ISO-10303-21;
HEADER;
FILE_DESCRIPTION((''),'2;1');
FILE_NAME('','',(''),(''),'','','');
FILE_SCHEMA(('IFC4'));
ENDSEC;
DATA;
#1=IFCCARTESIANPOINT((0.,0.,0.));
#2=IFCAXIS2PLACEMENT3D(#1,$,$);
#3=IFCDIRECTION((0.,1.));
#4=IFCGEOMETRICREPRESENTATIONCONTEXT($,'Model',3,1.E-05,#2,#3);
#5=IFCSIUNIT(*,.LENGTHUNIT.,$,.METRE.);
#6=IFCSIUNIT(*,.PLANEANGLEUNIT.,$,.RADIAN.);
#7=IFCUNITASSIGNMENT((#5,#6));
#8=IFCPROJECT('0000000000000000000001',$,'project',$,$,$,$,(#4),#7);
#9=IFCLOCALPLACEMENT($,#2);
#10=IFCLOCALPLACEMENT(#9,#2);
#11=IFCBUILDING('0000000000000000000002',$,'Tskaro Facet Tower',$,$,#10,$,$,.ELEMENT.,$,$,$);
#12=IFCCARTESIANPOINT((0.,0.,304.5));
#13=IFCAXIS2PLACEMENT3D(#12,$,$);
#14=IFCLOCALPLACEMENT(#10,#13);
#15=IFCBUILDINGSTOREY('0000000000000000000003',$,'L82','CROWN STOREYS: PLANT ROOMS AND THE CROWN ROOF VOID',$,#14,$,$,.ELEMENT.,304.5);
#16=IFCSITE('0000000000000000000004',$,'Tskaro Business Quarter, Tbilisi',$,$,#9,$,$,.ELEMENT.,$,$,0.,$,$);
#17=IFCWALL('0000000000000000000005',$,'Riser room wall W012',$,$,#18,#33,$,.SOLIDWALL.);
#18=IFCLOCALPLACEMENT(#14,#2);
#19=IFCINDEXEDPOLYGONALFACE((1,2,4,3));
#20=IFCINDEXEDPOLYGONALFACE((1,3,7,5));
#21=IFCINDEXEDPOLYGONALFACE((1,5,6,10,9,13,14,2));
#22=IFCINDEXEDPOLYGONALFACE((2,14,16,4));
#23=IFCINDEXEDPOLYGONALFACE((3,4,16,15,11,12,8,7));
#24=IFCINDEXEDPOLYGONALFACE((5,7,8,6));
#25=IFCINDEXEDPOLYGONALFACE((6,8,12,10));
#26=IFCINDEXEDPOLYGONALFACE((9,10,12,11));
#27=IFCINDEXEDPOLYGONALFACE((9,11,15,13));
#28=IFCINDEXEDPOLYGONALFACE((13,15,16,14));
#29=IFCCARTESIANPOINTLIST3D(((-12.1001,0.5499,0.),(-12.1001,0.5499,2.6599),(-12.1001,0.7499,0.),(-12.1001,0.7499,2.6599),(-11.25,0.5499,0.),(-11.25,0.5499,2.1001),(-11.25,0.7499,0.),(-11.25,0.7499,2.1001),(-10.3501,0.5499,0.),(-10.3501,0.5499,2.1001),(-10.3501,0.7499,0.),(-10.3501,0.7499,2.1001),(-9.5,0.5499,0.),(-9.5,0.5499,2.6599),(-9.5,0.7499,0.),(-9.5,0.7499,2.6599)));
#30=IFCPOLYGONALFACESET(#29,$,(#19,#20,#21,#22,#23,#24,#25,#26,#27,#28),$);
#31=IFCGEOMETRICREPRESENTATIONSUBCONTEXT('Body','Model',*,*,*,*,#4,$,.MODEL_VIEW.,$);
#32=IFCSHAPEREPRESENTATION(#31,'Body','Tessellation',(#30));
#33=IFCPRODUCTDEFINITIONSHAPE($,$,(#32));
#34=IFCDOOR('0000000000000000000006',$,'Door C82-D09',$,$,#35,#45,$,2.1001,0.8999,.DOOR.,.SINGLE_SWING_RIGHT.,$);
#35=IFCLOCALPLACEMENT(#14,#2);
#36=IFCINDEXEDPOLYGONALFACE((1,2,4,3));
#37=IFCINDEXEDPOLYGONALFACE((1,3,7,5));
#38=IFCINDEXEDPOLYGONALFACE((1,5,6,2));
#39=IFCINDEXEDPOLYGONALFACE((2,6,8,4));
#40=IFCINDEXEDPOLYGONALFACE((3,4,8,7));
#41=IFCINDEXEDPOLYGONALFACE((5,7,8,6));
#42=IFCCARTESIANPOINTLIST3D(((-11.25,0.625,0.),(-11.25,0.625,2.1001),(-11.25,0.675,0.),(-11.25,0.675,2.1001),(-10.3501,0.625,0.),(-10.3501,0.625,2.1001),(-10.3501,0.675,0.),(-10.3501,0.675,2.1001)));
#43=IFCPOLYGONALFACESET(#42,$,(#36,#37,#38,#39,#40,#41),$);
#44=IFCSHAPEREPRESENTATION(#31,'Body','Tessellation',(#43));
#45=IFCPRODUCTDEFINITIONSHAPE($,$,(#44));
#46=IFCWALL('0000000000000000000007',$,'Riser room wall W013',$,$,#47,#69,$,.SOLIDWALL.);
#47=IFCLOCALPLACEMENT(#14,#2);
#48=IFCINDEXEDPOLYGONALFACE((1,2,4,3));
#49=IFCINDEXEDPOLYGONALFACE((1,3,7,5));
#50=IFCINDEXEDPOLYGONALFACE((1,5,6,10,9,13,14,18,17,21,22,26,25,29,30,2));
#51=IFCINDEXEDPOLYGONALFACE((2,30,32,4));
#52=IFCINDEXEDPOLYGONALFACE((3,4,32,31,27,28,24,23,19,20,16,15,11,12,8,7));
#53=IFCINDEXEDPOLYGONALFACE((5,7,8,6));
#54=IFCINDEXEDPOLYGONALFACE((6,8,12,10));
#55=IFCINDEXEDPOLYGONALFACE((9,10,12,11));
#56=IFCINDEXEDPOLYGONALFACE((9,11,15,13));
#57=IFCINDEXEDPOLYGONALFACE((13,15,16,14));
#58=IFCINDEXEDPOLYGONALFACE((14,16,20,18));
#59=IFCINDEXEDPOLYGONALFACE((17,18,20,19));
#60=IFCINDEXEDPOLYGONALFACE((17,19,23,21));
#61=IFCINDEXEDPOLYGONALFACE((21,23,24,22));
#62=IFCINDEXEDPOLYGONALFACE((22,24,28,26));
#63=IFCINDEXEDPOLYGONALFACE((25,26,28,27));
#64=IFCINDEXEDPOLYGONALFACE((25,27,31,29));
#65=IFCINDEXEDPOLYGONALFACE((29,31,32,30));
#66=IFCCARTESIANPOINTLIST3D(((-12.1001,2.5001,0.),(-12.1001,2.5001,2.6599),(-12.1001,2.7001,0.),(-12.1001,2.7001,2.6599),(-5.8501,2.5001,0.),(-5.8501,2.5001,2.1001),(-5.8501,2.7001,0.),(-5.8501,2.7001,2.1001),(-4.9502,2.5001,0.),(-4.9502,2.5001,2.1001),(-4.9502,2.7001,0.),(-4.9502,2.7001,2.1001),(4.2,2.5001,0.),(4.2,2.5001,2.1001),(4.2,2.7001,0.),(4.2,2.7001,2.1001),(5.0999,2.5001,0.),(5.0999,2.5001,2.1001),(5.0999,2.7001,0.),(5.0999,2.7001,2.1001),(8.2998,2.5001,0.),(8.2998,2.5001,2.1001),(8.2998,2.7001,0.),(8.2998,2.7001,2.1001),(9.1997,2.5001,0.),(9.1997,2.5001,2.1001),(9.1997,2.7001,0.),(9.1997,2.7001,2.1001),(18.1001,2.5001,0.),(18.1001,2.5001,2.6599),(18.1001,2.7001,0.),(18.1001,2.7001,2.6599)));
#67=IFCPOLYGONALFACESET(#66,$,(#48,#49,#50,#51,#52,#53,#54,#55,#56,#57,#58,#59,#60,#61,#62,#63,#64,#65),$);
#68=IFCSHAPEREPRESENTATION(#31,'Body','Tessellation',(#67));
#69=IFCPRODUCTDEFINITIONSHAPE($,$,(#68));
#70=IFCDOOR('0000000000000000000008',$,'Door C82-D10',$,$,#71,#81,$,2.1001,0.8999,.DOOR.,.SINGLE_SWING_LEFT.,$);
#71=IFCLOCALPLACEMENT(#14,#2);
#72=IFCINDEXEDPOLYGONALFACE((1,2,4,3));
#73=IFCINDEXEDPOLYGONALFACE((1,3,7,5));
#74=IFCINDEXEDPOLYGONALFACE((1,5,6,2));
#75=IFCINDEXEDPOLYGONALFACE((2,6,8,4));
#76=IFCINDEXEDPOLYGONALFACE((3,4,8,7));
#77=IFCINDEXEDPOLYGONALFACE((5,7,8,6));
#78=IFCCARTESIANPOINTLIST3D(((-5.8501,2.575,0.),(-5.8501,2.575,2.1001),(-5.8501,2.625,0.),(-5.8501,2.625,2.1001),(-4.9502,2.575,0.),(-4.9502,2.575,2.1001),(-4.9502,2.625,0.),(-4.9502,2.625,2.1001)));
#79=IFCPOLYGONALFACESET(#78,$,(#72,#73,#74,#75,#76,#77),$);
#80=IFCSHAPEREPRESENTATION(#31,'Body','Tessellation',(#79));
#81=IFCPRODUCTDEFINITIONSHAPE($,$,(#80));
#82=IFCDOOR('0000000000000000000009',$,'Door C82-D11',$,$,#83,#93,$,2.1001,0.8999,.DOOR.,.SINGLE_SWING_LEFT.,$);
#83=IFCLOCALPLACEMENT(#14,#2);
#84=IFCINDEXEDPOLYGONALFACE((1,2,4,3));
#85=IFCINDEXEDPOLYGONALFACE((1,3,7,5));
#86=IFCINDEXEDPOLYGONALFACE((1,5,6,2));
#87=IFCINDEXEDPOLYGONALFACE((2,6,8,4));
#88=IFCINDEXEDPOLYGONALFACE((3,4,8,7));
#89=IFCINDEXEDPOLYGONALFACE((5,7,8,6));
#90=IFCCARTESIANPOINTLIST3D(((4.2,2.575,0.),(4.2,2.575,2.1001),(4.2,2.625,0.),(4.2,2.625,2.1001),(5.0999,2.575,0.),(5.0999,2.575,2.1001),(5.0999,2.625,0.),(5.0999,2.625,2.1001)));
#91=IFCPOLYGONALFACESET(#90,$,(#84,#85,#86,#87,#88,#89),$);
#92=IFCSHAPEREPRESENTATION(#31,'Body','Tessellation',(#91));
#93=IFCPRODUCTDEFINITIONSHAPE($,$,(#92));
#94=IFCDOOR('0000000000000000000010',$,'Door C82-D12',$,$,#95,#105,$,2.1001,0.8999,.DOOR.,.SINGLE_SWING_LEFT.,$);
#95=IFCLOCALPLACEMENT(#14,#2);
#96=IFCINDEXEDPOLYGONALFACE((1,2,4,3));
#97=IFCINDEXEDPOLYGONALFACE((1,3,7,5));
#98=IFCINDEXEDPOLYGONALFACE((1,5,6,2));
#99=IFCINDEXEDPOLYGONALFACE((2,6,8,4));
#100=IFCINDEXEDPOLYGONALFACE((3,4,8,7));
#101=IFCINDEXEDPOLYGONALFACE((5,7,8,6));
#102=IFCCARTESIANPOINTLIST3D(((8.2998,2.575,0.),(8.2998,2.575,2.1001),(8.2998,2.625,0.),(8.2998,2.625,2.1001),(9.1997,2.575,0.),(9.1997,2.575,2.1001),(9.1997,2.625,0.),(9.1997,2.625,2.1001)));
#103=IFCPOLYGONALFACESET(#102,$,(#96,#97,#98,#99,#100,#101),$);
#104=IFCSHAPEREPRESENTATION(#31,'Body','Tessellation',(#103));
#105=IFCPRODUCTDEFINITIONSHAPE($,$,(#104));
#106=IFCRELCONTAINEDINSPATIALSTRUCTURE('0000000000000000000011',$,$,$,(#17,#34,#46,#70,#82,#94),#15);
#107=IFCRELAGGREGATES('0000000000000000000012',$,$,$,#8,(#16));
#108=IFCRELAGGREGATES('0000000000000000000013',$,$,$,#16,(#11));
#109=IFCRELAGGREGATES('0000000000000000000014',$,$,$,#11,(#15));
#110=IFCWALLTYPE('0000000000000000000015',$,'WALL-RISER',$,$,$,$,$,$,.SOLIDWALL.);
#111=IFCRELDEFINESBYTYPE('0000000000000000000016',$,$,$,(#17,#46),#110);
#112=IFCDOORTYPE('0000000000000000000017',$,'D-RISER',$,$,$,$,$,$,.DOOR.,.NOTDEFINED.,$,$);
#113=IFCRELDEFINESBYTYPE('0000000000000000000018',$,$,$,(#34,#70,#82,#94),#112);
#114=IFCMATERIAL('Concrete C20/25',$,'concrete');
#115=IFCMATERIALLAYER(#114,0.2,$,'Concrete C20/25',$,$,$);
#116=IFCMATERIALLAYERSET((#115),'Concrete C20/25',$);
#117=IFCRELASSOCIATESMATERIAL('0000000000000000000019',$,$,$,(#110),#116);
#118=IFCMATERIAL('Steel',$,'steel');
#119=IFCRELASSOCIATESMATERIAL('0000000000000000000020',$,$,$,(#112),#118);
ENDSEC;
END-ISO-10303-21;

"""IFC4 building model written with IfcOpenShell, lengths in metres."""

from ifc_helpers import new_model, si_unit, direction, frame, frame_2d, origin, place, context, subcontext, project, spatial, rectangle, extrude, material, layer, layer_set, type_object, element, fill, save


model = new_model("IFC4")

# Units and contexts
model_context = context("Model", 3, precision=1e-05, world=origin(), true_north=direction((0.0, 1.0)))
body_context = subcontext(model_context, "Body", "Model", "MODEL_VIEW")
ifc_project = project(units=[si_unit("LENGTHUNIT", "METRE"), si_unit("PLANEANGLEUNIT", "RADIAN")], contexts=[model_context])

# Site, building, storey
site_placement = place(None, origin())
site = spatial("IfcSite", under=ifc_project, at=site_placement, Name="Tskaro Business Quarter, Tbilisi", CompositionType="ELEMENT", RefElevation=0.0)
building_placement = place(site_placement, origin())
building = spatial("IfcBuilding", under=site, at=building_placement, Name="Tskaro Facet Tower", CompositionType="ELEMENT")
storey_placement = place(building_placement, frame((0.0, 0.0, 304.5)))
storey = spatial("IfcBuildingStorey", under=building, at=storey_placement, Name="L82", Description="CROWN STOREYS: PLANT ROOMS AND THE CROWN ROOF VOID", CompositionType="ELEMENT", Elevation=304.5)

# Wall, opening, door
ifc_material_1 = material(Name="Concrete C20/25", Category="concrete")
ifc_layer_1 = layer(ifc_material_1, 0.2, Name="Concrete C20/25")
ifc_layer_set_1 = layer_set([ifc_layer_1], Name="Concrete C20/25")
wall_type_1 = type_object("IfcWallType", Name="WALL-RISER", PredefinedType="SOLIDWALL", material=ifc_layer_set_1)
wall_1_placement = place(storey_placement, frame((-9.5, 0.6499, 0.0), z_axis=(0.0, 0.0, 1.0), x_axis=(-1.0, 0.0, 0.0)))
wall_1 = element("IfcWall", 1, at=wall_1_placement, inside=storey, type_object=wall_type_1, Name="Riser room wall W012", PredefinedType="SOLIDWALL", context=body_context, shape_type="SweptSolid", body=[
    extrude(rectangle(XDim=2.6001, YDim=0.2, at=frame_2d((1.3, 0.0))), origin(), (0.0, 0.0, 1.0), 2.6599),
])
opening_1_placement = place(wall_1_placement, frame((0.8501, 0.0, 0.0)))
opening_1 = element("IfcOpeningElement", 2, at=opening_1_placement, cuts=wall_1, PredefinedType="OPENING", context=body_context, shape_type="SweptSolid", body=[
    extrude(rectangle(XDim=0.8999, YDim=2.1001, at=frame_2d((0.45, 1.05))), frame((0.0, 0.1099, 0.0), z_axis=(0.0, -1.0, 0.0), x_axis=(1.0, 0.0, 0.0)), (0.0, 0.0, 1.0), 0.22),
])
ifc_material_2 = material(Name="Steel", Category="steel")
door_type = type_object("IfcDoorType", Name="D-RISER", OperationType="NOTDEFINED", PredefinedType="DOOR", material=ifc_material_2)
door_1_placement = place(opening_1_placement, origin())
door_1 = element("IfcDoor", 3, at=door_1_placement, inside=storey, type_object=door_type, Name="Door C82-D09", OperationType="SINGLE_SWING_RIGHT", OverallHeight=2.1001, OverallWidth=0.8999, PredefinedType="DOOR", context=body_context, shape_type="SweptSolid", body=[
    extrude(rectangle(XDim=0.8999, YDim=2.1001, at=frame_2d((0.45, 1.05))), frame((0.0, 0.0249, 0.0), z_axis=(0.0, -1.0, 0.0), x_axis=(1.0, 0.0, 0.0)), (0.0, 0.0, 1.0), 0.05),
])
fill(opening_1, door_1)

# Wall, openings, doors
wall_2_placement = place(storey_placement, frame((-12.1001, 2.6001, 0.0), z_axis=(0.0, 0.0, 1.0), x_axis=(1.0, 0.0, 0.0)))
wall_2 = element("IfcWall", 4, at=wall_2_placement, inside=storey, type_object=wall_type_1, Name="Riser room wall W013", PredefinedType="SOLIDWALL", context=body_context, shape_type="SweptSolid", body=[
    extrude(rectangle(XDim=30.2002, YDim=0.2, at=frame_2d((15.1001, 0.0))), origin(), (0.0, 0.0, 1.0), 2.6599),
])
opening_2_placement = place(wall_2_placement, frame((6.25, 0.0, 0.0)))
opening_2 = element("IfcOpeningElement", 5, at=opening_2_placement, cuts=wall_2, PredefinedType="OPENING", context=body_context, shape_type="SweptSolid", body=[
    extrude(rectangle(XDim=0.8999, YDim=2.1001, at=frame_2d((0.45, 1.05))), frame((0.0, 0.1099, 0.0), z_axis=(0.0, -1.0, 0.0), x_axis=(1.0, 0.0, 0.0)), (0.0, 0.0, 1.0), 0.22),
])
opening_3_placement = place(wall_2_placement, frame((16.3, 0.0, 0.0)))
opening_3 = element("IfcOpeningElement", 6, at=opening_3_placement, cuts=wall_2, PredefinedType="OPENING", context=body_context, shape_type="SweptSolid", body=[
    extrude(rectangle(XDim=0.8999, YDim=2.1001, at=frame_2d((0.45, 1.05))), frame((0.0, 0.1099, 0.0), z_axis=(0.0, -1.0, 0.0), x_axis=(1.0, 0.0, 0.0)), (0.0, 0.0, 1.0), 0.22),
])
opening_4_placement = place(wall_2_placement, frame((20.3999, 0.0, 0.0)))
opening_4 = element("IfcOpeningElement", 7, at=opening_4_placement, cuts=wall_2, PredefinedType="OPENING", context=body_context, shape_type="SweptSolid", body=[
    extrude(rectangle(XDim=0.8999, YDim=2.1001, at=frame_2d((0.45, 1.05))), frame((0.0, 0.1099, 0.0), z_axis=(0.0, -1.0, 0.0), x_axis=(1.0, 0.0, 0.0)), (0.0, 0.0, 1.0), 0.22),
])
door_2_placement = place(opening_2_placement, origin())
door_2 = element("IfcDoor", 8, at=door_2_placement, inside=storey, type_object=door_type, Name="Door C82-D10", OperationType="SINGLE_SWING_LEFT", OverallHeight=2.1001, OverallWidth=0.8999, PredefinedType="DOOR", context=body_context, shape_type="SweptSolid", body=[
    extrude(rectangle(XDim=0.8999, YDim=2.1001, at=frame_2d((0.45, 1.05))), frame((0.0, 0.0249, 0.0), z_axis=(0.0, -1.0, 0.0), x_axis=(1.0, 0.0, 0.0)), (0.0, 0.0, 1.0), 0.05),
])
fill(opening_2, door_2)
door_3_placement = place(opening_3_placement, origin())
door_3 = element("IfcDoor", 9, at=door_3_placement, inside=storey, type_object=door_type, Name="Door C82-D11", OperationType="SINGLE_SWING_LEFT", OverallHeight=2.1001, OverallWidth=0.8999, PredefinedType="DOOR", context=body_context, shape_type="SweptSolid", body=[
    extrude(rectangle(XDim=0.8999, YDim=2.1001, at=frame_2d((0.45, 1.05))), frame((0.0, 0.0249, 0.0), z_axis=(0.0, -1.0, 0.0), x_axis=(1.0, 0.0, 0.0)), (0.0, 0.0, 1.0), 0.05),
])
fill(opening_3, door_3)
door_4_placement = place(opening_4_placement, origin())
door_4 = element("IfcDoor", 10, at=door_4_placement, inside=storey, type_object=door_type, Name="Door C82-D12", OperationType="SINGLE_SWING_LEFT", OverallHeight=2.1001, OverallWidth=0.8999, PredefinedType="DOOR", context=body_context, shape_type="SweptSolid", body=[
    extrude(rectangle(XDim=0.8999, YDim=2.1001, at=frame_2d((0.45, 1.05))), frame((0.0, 0.0249, 0.0), z_axis=(0.0, -1.0, 0.0), x_axis=(1.0, 0.0, 0.0)), (0.0, 0.0, 1.0), 0.05),
])
fill(opening_4, door_4)

save(model, "model.ifc")
